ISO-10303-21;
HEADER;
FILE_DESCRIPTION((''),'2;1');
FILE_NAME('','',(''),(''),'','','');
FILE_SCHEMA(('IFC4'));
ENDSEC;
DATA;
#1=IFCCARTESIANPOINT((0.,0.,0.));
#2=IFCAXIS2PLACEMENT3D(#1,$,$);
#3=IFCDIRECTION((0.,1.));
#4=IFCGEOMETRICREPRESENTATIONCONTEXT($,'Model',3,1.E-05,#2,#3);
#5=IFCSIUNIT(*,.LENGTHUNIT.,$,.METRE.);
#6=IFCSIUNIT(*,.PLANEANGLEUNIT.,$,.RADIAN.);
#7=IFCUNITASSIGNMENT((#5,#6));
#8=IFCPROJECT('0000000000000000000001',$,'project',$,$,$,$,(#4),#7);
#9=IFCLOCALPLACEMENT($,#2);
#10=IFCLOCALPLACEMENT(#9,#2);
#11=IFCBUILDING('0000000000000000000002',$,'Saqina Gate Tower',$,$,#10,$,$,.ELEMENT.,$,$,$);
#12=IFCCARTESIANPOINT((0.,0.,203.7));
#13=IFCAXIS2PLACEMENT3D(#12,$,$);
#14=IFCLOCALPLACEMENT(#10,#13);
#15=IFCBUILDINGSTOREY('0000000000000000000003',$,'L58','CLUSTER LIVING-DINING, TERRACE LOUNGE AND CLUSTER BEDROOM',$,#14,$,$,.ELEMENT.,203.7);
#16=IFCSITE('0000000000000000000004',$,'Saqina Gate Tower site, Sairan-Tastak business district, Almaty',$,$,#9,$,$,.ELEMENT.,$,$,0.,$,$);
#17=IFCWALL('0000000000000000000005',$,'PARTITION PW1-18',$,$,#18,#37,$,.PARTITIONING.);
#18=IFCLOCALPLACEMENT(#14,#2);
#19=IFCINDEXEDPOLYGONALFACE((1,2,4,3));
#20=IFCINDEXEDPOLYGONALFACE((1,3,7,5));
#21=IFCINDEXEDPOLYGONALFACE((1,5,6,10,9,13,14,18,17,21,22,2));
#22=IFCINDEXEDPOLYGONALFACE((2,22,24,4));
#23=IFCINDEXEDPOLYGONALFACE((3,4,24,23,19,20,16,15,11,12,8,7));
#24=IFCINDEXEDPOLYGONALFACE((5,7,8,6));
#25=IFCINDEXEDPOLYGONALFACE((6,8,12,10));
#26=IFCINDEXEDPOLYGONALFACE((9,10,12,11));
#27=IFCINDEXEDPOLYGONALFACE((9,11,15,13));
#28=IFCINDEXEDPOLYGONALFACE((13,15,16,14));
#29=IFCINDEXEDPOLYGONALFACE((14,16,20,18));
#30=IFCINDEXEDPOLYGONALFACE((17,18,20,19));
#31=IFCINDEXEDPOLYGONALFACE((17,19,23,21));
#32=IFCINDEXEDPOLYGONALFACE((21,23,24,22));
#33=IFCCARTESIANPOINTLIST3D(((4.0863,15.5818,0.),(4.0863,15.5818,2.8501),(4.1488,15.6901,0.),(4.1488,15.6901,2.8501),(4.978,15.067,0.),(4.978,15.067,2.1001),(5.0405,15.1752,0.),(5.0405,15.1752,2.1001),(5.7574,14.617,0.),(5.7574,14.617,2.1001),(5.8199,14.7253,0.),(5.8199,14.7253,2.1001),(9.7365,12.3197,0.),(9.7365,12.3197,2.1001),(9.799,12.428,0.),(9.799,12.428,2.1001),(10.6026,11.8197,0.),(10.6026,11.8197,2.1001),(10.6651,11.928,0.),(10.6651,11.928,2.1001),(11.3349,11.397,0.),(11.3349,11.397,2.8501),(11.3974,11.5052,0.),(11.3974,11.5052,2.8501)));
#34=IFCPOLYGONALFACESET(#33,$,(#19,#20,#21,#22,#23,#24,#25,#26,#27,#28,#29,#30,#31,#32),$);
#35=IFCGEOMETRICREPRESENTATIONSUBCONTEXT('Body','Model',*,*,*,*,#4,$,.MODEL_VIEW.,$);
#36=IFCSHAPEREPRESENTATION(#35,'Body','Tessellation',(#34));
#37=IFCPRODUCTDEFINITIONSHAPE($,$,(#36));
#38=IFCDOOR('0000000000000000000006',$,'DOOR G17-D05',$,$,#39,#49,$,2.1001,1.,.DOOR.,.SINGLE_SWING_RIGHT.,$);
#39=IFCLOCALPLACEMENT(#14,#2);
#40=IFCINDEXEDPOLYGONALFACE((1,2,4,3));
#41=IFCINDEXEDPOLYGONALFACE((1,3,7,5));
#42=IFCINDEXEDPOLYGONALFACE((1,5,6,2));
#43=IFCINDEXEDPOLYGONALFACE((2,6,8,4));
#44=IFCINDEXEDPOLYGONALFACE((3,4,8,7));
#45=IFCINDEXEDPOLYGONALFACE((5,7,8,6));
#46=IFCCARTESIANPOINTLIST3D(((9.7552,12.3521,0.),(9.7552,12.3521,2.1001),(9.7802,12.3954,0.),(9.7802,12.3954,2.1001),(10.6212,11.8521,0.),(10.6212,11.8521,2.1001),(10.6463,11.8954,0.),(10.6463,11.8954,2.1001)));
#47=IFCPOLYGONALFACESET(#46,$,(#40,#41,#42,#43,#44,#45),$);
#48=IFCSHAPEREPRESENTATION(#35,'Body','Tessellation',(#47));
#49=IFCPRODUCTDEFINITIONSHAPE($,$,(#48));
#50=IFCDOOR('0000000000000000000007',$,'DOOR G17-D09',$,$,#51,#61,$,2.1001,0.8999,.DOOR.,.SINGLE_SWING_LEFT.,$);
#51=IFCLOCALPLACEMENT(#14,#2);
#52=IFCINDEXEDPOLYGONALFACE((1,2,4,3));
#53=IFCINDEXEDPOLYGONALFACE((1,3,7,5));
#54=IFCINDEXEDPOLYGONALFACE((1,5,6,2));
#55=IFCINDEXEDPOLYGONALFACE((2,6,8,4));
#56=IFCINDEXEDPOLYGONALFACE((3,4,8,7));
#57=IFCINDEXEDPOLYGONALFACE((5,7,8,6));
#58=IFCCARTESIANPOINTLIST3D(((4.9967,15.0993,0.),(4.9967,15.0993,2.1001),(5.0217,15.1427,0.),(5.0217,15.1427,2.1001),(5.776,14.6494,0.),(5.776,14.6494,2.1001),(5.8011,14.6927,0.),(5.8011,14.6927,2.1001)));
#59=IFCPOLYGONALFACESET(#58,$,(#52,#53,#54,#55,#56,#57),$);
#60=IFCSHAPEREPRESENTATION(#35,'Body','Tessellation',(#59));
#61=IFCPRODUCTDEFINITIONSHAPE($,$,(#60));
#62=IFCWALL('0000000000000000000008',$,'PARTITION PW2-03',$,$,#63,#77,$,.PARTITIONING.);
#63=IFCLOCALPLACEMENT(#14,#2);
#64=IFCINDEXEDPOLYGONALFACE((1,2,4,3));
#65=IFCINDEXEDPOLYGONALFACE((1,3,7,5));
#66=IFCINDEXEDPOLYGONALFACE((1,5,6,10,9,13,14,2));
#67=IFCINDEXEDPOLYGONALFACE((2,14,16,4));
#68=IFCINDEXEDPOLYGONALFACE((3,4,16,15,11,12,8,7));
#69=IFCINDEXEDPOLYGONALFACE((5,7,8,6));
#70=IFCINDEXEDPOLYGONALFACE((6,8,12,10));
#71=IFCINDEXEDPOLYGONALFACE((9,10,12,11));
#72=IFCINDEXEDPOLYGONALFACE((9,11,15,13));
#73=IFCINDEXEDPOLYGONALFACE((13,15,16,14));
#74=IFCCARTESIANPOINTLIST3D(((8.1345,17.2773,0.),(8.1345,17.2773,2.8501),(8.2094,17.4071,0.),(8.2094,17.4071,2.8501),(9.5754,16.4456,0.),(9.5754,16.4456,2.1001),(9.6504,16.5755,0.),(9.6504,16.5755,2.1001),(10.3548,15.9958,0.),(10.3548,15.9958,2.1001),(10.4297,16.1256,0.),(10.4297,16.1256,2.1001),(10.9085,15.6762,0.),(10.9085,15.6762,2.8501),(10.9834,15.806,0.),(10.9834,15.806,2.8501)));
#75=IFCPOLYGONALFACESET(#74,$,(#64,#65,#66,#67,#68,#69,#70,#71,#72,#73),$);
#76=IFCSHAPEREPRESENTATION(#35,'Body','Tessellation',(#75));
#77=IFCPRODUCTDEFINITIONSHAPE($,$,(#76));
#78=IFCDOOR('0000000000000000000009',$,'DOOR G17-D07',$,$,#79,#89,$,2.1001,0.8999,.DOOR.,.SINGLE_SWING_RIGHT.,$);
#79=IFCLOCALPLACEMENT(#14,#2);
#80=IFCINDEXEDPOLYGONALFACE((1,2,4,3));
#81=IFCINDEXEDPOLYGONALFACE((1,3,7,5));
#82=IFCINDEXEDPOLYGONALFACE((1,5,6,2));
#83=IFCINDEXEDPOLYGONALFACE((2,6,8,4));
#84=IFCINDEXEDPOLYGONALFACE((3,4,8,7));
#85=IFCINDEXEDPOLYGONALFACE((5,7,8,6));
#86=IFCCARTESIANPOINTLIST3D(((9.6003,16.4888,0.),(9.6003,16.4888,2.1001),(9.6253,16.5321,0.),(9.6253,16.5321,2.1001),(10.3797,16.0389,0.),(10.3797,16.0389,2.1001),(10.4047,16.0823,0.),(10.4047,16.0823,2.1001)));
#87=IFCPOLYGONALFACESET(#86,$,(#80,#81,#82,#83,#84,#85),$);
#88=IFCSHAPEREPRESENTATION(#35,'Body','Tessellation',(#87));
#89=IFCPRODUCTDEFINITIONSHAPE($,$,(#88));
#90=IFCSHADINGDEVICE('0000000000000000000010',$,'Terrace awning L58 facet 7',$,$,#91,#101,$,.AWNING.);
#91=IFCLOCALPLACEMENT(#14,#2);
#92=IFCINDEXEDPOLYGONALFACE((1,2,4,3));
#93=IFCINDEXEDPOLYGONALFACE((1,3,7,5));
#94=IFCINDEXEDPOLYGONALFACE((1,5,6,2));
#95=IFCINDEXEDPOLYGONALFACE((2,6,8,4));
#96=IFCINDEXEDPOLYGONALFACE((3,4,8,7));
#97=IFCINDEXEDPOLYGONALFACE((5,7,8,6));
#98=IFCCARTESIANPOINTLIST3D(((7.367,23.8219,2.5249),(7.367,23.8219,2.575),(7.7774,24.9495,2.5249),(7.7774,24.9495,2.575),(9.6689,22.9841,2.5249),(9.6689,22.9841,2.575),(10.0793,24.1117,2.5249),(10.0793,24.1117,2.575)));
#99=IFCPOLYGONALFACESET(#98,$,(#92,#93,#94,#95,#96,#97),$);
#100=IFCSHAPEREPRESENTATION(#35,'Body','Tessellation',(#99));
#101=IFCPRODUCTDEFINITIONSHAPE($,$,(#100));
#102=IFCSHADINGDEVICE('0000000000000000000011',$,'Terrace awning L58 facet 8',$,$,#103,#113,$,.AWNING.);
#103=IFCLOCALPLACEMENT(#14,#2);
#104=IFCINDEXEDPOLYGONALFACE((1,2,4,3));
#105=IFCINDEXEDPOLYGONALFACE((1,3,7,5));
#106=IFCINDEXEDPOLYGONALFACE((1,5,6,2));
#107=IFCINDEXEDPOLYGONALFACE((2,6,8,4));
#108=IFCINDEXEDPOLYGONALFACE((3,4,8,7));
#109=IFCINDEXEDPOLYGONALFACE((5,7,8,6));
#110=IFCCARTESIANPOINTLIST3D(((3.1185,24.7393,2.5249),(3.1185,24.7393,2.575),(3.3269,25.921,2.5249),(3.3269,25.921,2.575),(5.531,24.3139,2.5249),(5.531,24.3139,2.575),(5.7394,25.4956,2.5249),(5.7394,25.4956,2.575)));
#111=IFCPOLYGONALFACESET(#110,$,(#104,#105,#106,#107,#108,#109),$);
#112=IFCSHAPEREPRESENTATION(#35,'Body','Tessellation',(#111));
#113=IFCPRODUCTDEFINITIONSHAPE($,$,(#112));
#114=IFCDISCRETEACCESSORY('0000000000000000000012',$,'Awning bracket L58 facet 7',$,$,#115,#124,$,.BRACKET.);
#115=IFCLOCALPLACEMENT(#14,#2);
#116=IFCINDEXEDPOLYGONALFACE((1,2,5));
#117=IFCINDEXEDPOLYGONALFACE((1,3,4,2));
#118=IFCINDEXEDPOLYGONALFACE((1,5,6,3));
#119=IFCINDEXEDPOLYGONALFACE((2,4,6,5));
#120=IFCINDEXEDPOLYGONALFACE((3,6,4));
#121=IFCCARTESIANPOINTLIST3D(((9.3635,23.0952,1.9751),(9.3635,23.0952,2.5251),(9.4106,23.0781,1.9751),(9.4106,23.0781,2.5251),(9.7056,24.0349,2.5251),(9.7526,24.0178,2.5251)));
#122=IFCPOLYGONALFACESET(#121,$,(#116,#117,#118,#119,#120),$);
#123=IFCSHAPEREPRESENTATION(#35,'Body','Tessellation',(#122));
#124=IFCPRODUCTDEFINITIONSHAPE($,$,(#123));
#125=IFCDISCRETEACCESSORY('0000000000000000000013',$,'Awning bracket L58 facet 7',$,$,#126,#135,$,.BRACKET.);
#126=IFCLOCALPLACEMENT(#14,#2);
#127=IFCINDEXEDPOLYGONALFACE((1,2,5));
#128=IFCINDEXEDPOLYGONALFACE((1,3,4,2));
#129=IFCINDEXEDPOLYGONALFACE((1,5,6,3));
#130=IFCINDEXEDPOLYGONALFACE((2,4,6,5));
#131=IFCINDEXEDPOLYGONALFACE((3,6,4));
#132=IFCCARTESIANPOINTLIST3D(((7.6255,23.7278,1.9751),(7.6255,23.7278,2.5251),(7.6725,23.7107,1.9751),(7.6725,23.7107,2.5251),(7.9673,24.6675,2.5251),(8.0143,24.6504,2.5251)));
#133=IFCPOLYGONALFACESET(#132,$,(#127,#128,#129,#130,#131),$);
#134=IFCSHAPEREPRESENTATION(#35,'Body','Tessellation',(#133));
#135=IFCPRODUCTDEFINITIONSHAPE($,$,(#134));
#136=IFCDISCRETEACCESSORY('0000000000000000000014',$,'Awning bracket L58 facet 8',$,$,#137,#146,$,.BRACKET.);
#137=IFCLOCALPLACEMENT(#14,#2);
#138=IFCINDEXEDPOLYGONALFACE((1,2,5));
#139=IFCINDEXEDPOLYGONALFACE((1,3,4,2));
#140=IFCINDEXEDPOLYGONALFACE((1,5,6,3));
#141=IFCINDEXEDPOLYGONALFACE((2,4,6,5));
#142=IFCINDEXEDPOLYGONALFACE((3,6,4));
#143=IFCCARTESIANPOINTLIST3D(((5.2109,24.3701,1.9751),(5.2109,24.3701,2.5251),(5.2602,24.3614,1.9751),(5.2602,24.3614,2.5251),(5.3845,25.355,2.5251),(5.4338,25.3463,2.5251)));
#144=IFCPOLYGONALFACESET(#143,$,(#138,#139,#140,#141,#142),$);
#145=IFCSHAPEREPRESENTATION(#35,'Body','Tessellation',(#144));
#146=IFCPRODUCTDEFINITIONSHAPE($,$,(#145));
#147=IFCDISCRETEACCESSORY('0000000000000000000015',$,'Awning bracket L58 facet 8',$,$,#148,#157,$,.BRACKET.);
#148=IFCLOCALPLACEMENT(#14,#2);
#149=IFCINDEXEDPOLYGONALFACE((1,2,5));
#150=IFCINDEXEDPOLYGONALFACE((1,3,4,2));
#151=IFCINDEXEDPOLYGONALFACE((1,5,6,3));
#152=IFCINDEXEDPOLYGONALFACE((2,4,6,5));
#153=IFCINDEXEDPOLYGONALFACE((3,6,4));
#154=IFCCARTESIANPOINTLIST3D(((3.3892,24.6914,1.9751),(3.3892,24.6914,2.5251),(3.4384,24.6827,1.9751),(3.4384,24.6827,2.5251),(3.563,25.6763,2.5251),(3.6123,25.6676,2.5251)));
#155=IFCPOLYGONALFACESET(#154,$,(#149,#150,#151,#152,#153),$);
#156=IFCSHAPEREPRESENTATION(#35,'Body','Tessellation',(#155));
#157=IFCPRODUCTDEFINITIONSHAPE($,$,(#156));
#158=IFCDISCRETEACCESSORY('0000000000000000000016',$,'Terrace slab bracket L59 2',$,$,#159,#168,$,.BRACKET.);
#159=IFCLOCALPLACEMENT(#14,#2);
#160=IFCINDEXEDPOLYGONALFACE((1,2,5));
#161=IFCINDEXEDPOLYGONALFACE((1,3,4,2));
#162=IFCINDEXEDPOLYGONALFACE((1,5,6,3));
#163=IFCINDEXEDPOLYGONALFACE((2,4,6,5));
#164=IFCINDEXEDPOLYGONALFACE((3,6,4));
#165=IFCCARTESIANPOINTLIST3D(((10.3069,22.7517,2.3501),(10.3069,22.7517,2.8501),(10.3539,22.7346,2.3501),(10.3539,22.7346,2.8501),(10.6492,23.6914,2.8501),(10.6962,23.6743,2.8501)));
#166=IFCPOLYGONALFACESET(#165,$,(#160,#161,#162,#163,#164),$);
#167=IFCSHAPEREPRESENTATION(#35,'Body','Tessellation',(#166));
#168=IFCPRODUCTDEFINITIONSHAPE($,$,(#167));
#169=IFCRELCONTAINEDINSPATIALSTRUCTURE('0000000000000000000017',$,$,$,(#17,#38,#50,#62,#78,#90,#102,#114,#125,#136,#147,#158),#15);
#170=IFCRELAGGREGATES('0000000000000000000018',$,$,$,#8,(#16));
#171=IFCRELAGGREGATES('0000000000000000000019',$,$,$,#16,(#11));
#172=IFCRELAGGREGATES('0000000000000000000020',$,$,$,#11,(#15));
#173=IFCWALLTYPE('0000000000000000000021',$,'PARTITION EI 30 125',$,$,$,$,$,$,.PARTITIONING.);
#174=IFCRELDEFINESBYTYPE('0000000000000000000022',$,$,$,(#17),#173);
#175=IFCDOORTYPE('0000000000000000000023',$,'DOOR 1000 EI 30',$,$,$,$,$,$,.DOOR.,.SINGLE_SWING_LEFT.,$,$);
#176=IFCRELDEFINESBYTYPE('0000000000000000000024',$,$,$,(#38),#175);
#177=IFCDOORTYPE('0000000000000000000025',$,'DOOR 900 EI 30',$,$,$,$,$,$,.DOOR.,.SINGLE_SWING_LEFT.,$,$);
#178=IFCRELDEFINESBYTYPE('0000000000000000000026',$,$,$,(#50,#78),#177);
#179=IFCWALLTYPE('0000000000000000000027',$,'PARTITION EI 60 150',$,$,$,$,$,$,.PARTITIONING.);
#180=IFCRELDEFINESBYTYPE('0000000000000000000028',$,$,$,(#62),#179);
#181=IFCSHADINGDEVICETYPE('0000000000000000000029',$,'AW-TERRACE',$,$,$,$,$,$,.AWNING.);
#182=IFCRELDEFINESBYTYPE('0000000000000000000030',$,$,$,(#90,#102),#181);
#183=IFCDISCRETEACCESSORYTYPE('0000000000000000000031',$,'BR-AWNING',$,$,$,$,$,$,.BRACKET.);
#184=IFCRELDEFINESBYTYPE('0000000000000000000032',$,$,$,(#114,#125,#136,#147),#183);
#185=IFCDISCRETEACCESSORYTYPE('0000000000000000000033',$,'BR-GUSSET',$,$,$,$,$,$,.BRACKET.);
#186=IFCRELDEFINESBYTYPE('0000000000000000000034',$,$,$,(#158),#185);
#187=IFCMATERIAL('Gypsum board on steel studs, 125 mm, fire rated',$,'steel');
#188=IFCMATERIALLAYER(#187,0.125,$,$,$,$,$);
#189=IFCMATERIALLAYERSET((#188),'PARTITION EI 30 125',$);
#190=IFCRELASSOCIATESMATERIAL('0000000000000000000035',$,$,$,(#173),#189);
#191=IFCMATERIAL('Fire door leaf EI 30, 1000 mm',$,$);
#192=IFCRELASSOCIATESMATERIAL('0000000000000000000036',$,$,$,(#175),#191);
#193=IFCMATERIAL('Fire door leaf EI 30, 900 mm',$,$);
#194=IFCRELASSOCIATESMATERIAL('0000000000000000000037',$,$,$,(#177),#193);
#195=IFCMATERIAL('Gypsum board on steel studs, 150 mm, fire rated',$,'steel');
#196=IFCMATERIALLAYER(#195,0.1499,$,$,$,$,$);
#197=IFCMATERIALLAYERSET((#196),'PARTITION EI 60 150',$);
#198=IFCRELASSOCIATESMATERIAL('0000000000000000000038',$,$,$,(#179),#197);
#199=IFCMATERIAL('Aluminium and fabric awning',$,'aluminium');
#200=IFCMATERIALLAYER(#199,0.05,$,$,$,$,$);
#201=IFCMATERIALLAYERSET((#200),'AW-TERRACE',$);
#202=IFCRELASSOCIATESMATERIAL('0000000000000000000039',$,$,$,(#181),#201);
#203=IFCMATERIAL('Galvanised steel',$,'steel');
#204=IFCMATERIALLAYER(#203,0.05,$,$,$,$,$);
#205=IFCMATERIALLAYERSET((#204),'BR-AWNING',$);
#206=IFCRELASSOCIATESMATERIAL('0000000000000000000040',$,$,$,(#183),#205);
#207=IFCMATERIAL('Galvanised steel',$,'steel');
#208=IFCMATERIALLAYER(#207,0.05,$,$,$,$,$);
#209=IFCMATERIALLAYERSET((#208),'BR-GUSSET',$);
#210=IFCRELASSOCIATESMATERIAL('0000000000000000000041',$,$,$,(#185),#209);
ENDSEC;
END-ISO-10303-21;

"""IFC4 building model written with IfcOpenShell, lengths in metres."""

from ifc_helpers import new_model, si_unit, direction, frame, frame_2d, origin, origin_2d, place, context, subcontext, project, spatial, polyline, rectangle, outline, extrude, material, layer, layer_set, type_object, element, fill, save


model = new_model("IFC4")

# Units and contexts
model_context = context("Model", 3, precision=1e-05, world=origin(), true_north=direction((0.0, 1.0)))
body_context = subcontext(model_context, "Body", "Model", "MODEL_VIEW")
ifc_project = project(units=[si_unit("LENGTHUNIT", "METRE"), si_unit("PLANEANGLEUNIT", "RADIAN")], contexts=[model_context])

# Site, building, storey
site_placement = place(None, origin())
site = spatial("IfcSite", under=ifc_project, at=site_placement, Name="Saqina Gate Tower site, Sairan-Tastak business district, Almaty", CompositionType="ELEMENT", RefElevation=0.0)
building_placement = place(site_placement, origin())
building = spatial("IfcBuilding", under=site, at=building_placement, Name="Saqina Gate Tower", CompositionType="ELEMENT")
storey_placement = place(building_placement, frame((0.0, 0.0, 203.7)))
storey = spatial("IfcBuildingStorey", under=building, at=storey_placement, Name="L58", Description="CLUSTER LIVING-DINING, TERRACE LOUNGE AND CLUSTER BEDROOM", CompositionType="ELEMENT", Elevation=203.7)

# Wall, openings, doors
ifc_material_1 = material(Name="Gypsum board on steel studs, 125 mm, fire rated", Category="steel")
ifc_layer_1 = layer(ifc_material_1, 0.125)
ifc_layer_set_1 = layer_set([ifc_layer_1], Name="PARTITION EI 30 125")
wall_type_1 = type_object("IfcWallType", Name="PARTITION EI 30 125", PredefinedType="PARTITIONING", material=ifc_layer_set_1)
wall_1_placement = place(storey_placement, frame((4.1174, 15.636, 0.0), z_axis=(0.0, 0.0, 1.0), x_axis=(0.866032, -0.499988, 0.0)))
wall_1 = element("IfcWall", 1, at=wall_1_placement, inside=storey, type_object=wall_type_1, Name="PARTITION PW1-18", PredefinedType="PARTITIONING", context=body_context, shape_type="SweptSolid", body=[
    extrude(rectangle(XDim=8.3699, YDim=0.125, at=frame_2d((4.1851, 0.0))), origin(), (0.0, 0.0, 1.0), 2.8501),
])
opening_1_placement = place(wall_1_placement, frame((6.5244, 0.0, 0.0)))
opening_1 = element("IfcOpeningElement", 2, at=opening_1_placement, cuts=wall_1, PredefinedType="OPENING", context=body_context, shape_type="SweptSolid", body=[
    extrude(rectangle(XDim=1.0, YDim=2.1001, at=frame_2d((0.5, 1.05))), frame((0.0, 0.0745, 0.0), z_axis=(0.0, -1.0, 0.0), x_axis=(1.0, 0.0, 0.0)), (0.0, 0.0, 1.0), 0.1489),
])
opening_2_placement = place(wall_1_placement, frame((1.0298, 0.0, 0.0)))
opening_2 = element("IfcOpeningElement", 3, at=opening_2_placement, cuts=wall_1, PredefinedType="OPENING", context=body_context, shape_type="SweptSolid", body=[
    extrude(rectangle(XDim=0.8999, YDim=2.1001, at=frame_2d((0.45, 1.05))), frame((0.0, 0.0745, 0.0), z_axis=(0.0, -1.0, 0.0), x_axis=(1.0, 0.0, 0.0)), (0.0, 0.0, 1.0), 0.1489),
])
ifc_material_2 = material(Name="Fire door leaf EI 30, 1000 mm")
door_type_1 = type_object("IfcDoorType", Name="DOOR 1000 EI 30", OperationType="SINGLE_SWING_LEFT", PredefinedType="DOOR", material=ifc_material_2)
door_1_placement = place(opening_1_placement, origin())
door_1 = element("IfcDoor", 4, at=door_1_placement, inside=storey, type_object=door_type_1, Name="DOOR G17-D05", OperationType="SINGLE_SWING_RIGHT", OverallHeight=2.1001, OverallWidth=1.0, PredefinedType="DOOR", context=body_context, shape_type="SweptSolid", body=[
    extrude(rectangle(XDim=1.0, YDim=2.1001, at=frame_2d((0.5, 1.05))), frame((0.0, 0.0249, 0.0), z_axis=(0.0, -1.0, 0.0), x_axis=(1.0, 0.0, 0.0)), (0.0, 0.0, 1.0), 0.05),
])
fill(opening_1, door_1)
ifc_material_3 = material(Name="Fire door leaf EI 30, 900 mm")
door_type_2 = type_object("IfcDoorType", Name="DOOR 900 EI 30", OperationType="SINGLE_SWING_LEFT", PredefinedType="DOOR", material=ifc_material_3)
door_2_placement = place(opening_2_placement, origin())
door_2 = element("IfcDoor", 5, at=door_2_placement, inside=storey, type_object=door_type_2, Name="DOOR G17-D09", OperationType="SINGLE_SWING_LEFT", OverallHeight=2.1001, OverallWidth=0.8999, PredefinedType="DOOR", context=body_context, shape_type="SweptSolid", body=[
    extrude(rectangle(XDim=0.8999, YDim=2.1001, at=frame_2d((0.45, 1.05))), frame((0.0, 0.0249, 0.0), z_axis=(0.0, -1.0, 0.0), x_axis=(1.0, 0.0, 0.0)), (0.0, 0.0, 1.0), 0.05),
])
fill(opening_2, door_2)

# Wall, opening, door
ifc_material_4 = material(Name="Gypsum board on steel studs, 150 mm, fire rated", Category="steel")
ifc_layer_2 = layer(ifc_material_4, 0.1499)
ifc_layer_set_2 = layer_set([ifc_layer_2], Name="PARTITION EI 60 150")
wall_type_2 = type_object("IfcWallType", Name="PARTITION EI 60 150", PredefinedType="PARTITIONING", material=ifc_layer_set_2)
wall_2_placement = place(storey_placement, frame((8.1719, 17.3423, 0.0), z_axis=(0.0, 0.0, 1.0), x_axis=(0.866087, -0.499894, 0.0)))
wall_2 = element("IfcWall", 6, at=wall_2_placement, inside=storey, type_object=wall_type_2, Name="PARTITION PW2-03", PredefinedType="PARTITIONING", context=body_context, shape_type="SweptSolid", body=[
    extrude(rectangle(XDim=3.2029, YDim=0.1499, at=frame_2d((1.6016, 0.0))), origin(), (0.0, 0.0, 1.0), 2.8501),
])
opening_3_placement = place(wall_2_placement, frame((1.6638, 0.0, 0.0)))
opening_3 = element("IfcOpeningElement", 7, at=opening_3_placement, cuts=wall_2, PredefinedType="OPENING", context=body_context, shape_type="SweptSolid", body=[
    extrude(rectangle(XDim=0.8999, YDim=2.1001, at=frame_2d((0.45, 1.05))), frame((0.0, 0.0869, 0.0), z_axis=(0.0, -1.0, 0.0), x_axis=(1.0, 0.0, 0.0)), (0.0, 0.0, 1.0), 0.1738),
])
door_3_placement = place(opening_3_placement, origin())
door_3 = element("IfcDoor", 8, at=door_3_placement, inside=storey, type_object=door_type_2, Name="DOOR G17-D07", OperationType="SINGLE_SWING_RIGHT", OverallHeight=2.1001, OverallWidth=0.8999, PredefinedType="DOOR", context=body_context, shape_type="SweptSolid", body=[
    extrude(rectangle(XDim=0.8999, YDim=2.1001, at=frame_2d((0.45, 1.05))), frame((0.0, 0.0249, 0.0), z_axis=(0.0, -1.0, 0.0), x_axis=(1.0, 0.0, 0.0)), (0.0, 0.0, 1.0), 0.05),
])
fill(opening_3, door_3)

# Shading devices
ifc_material_5 = material(Name="Aluminium and fabric awning", Category="aluminium")
ifc_layer_3 = layer(ifc_material_5, 0.05)
ifc_layer_set_3 = layer_set([ifc_layer_3], Name="AW-TERRACE")
shading_device_type = type_object("IfcShadingDeviceType", Name="AW-TERRACE", PredefinedType="AWNING", material=ifc_layer_set_3)
for number, where, z_axis, x_axis, name in (
    (9, (8.7231, 23.9668, 2.5249), (0.0, 0.0, 1.0), (-0.939693, 0.34202, 0.0), "Terrace awning L58 facet 7"),
    (10, (4.429, 25.1174, 2.5249), (0.0, 0.0, 1.0), (-0.984808, 0.173648, 0.0), "Terrace awning L58 facet 8"),
):
    element("IfcShadingDevice", number, at=place(storey_placement, frame(where, z_axis=z_axis, x_axis=x_axis)), inside=storey, type_object=shading_device_type, Name=name, PredefinedType="AWNING", context=body_context, shape_type="SweptSolid", body=[
        extrude(rectangle(XDim=2.4497, YDim=1.2, at=origin_2d()), origin(), (0.0, 0.0, 1.0), 0.05),
    ])

# Discrete accessories
ifc_material_6 = material(Name="Galvanised steel", Category="steel")
ifc_layer_4 = layer(ifc_material_6, 0.05)
ifc_layer_set_4 = layer_set([ifc_layer_4], Name="BR-AWNING")
discrete_accessory_type_1 = type_object("IfcDiscreteAccessoryType", Name="BR-AWNING", PredefinedType="BRACKET", material=ifc_layer_set_4)
discrete_accessory_1_placement = place(storey_placement, frame((9.3635, 23.0952, 1.9751), z_axis=(-0.939686, 0.342037, 0.0), x_axis=(0.0, 0.0, 1.0)))
element("IfcDiscreteAccessory", 11, at=discrete_accessory_1_placement, inside=storey, type_object=discrete_accessory_type_1, Name="Awning bracket L58 facet 7", PredefinedType="BRACKET", context=body_context, shape_type="SweptSolid", body=[
    extrude(outline(polyline([(0.0, 0.0), (0.55, 0.0), (0.55, 1.0), (0.0, 0.0)])), origin(), (0.0, 0.0, -1.0), 0.05),
])
discrete_accessory_2_placement = place(storey_placement, frame((7.6255, 23.7278, 1.9751), z_axis=(-0.939765, 0.341821, 0.0), x_axis=(0.0, 0.0, 1.0)))
element("IfcDiscreteAccessory", 12, at=discrete_accessory_2_placement, inside=storey, type_object=discrete_accessory_type_1, Name="Awning bracket L58 facet 7", PredefinedType="BRACKET", context=body_context, shape_type="SweptSolid", body=[
    extrude(outline(polyline([(0.0, 0.0), (0.55, 0.0), (0.55, 0.9999), (0.0, 0.0)])), origin(), (0.0, 0.0, -1.0), 0.05),
])
discrete_accessory_3_placement = place(storey_placement, frame((5.2109, 24.3701, 1.9751), z_axis=(-0.98482, 0.173576, 0.0), x_axis=(0.0, 0.0, 1.0)))
element("IfcDiscreteAccessory", 13, at=discrete_accessory_3_placement, inside=storey, type_object=discrete_accessory_type_1, Name="Awning bracket L58 facet 8", PredefinedType="BRACKET", context=body_context, shape_type="SweptSolid", body=[
    extrude(outline(polyline([(0.0, 0.0), (0.55, 0.0), (0.55, 1.0), (0.0, 0.0)])), origin(), (0.0, 0.0, -1.0), 0.05),
])
discrete_accessory_4_placement = place(storey_placement, frame((3.3892, 24.6914, 1.9751), z_axis=(-0.984779, 0.173813, 0.0), x_axis=(0.0, 0.0, 1.0)))
element("IfcDiscreteAccessory", 14, at=discrete_accessory_4_placement, inside=storey, type_object=discrete_accessory_type_1, Name="Awning bracket L58 facet 8", PredefinedType="BRACKET", context=body_context, shape_type="SweptSolid", body=[
    extrude(outline(polyline([(0.0, 0.0), (0.55, 0.0), (0.55, 1.0001), (0.0, 0.0)])), origin(), (0.0, 0.0, -1.0), 0.05),
])
ifc_material_7 = material(Name="Galvanised steel", Category="steel")
ifc_layer_5 = layer(ifc_material_7, 0.05)
ifc_layer_set_5 = layer_set([ifc_layer_5], Name="BR-GUSSET")
discrete_accessory_type_2 = type_object("IfcDiscreteAccessoryType", Name="BR-GUSSET", PredefinedType="BRACKET", material=ifc_layer_set_5)
discrete_accessory_5_placement = place(storey_placement, frame((10.3069, 22.7517, 2.3501), z_axis=(-0.939608, 0.342253, 0.0), x_axis=(0.0, 0.0, 1.0)))
element("IfcDiscreteAccessory", 15, at=discrete_accessory_5_placement, inside=storey, type_object=discrete_accessory_type_2, Name="Terrace slab bracket L59 2", PredefinedType="BRACKET", context=body_context, shape_type="SweptSolid", body=[
    extrude(outline(polyline([(0.0, 0.0), (0.5, 0.0), (0.5, 1.0001), (0.0, 0.0)])), origin(), (0.0, 0.0, -1.0), 0.05),
])

save(model, "model.ifc")
